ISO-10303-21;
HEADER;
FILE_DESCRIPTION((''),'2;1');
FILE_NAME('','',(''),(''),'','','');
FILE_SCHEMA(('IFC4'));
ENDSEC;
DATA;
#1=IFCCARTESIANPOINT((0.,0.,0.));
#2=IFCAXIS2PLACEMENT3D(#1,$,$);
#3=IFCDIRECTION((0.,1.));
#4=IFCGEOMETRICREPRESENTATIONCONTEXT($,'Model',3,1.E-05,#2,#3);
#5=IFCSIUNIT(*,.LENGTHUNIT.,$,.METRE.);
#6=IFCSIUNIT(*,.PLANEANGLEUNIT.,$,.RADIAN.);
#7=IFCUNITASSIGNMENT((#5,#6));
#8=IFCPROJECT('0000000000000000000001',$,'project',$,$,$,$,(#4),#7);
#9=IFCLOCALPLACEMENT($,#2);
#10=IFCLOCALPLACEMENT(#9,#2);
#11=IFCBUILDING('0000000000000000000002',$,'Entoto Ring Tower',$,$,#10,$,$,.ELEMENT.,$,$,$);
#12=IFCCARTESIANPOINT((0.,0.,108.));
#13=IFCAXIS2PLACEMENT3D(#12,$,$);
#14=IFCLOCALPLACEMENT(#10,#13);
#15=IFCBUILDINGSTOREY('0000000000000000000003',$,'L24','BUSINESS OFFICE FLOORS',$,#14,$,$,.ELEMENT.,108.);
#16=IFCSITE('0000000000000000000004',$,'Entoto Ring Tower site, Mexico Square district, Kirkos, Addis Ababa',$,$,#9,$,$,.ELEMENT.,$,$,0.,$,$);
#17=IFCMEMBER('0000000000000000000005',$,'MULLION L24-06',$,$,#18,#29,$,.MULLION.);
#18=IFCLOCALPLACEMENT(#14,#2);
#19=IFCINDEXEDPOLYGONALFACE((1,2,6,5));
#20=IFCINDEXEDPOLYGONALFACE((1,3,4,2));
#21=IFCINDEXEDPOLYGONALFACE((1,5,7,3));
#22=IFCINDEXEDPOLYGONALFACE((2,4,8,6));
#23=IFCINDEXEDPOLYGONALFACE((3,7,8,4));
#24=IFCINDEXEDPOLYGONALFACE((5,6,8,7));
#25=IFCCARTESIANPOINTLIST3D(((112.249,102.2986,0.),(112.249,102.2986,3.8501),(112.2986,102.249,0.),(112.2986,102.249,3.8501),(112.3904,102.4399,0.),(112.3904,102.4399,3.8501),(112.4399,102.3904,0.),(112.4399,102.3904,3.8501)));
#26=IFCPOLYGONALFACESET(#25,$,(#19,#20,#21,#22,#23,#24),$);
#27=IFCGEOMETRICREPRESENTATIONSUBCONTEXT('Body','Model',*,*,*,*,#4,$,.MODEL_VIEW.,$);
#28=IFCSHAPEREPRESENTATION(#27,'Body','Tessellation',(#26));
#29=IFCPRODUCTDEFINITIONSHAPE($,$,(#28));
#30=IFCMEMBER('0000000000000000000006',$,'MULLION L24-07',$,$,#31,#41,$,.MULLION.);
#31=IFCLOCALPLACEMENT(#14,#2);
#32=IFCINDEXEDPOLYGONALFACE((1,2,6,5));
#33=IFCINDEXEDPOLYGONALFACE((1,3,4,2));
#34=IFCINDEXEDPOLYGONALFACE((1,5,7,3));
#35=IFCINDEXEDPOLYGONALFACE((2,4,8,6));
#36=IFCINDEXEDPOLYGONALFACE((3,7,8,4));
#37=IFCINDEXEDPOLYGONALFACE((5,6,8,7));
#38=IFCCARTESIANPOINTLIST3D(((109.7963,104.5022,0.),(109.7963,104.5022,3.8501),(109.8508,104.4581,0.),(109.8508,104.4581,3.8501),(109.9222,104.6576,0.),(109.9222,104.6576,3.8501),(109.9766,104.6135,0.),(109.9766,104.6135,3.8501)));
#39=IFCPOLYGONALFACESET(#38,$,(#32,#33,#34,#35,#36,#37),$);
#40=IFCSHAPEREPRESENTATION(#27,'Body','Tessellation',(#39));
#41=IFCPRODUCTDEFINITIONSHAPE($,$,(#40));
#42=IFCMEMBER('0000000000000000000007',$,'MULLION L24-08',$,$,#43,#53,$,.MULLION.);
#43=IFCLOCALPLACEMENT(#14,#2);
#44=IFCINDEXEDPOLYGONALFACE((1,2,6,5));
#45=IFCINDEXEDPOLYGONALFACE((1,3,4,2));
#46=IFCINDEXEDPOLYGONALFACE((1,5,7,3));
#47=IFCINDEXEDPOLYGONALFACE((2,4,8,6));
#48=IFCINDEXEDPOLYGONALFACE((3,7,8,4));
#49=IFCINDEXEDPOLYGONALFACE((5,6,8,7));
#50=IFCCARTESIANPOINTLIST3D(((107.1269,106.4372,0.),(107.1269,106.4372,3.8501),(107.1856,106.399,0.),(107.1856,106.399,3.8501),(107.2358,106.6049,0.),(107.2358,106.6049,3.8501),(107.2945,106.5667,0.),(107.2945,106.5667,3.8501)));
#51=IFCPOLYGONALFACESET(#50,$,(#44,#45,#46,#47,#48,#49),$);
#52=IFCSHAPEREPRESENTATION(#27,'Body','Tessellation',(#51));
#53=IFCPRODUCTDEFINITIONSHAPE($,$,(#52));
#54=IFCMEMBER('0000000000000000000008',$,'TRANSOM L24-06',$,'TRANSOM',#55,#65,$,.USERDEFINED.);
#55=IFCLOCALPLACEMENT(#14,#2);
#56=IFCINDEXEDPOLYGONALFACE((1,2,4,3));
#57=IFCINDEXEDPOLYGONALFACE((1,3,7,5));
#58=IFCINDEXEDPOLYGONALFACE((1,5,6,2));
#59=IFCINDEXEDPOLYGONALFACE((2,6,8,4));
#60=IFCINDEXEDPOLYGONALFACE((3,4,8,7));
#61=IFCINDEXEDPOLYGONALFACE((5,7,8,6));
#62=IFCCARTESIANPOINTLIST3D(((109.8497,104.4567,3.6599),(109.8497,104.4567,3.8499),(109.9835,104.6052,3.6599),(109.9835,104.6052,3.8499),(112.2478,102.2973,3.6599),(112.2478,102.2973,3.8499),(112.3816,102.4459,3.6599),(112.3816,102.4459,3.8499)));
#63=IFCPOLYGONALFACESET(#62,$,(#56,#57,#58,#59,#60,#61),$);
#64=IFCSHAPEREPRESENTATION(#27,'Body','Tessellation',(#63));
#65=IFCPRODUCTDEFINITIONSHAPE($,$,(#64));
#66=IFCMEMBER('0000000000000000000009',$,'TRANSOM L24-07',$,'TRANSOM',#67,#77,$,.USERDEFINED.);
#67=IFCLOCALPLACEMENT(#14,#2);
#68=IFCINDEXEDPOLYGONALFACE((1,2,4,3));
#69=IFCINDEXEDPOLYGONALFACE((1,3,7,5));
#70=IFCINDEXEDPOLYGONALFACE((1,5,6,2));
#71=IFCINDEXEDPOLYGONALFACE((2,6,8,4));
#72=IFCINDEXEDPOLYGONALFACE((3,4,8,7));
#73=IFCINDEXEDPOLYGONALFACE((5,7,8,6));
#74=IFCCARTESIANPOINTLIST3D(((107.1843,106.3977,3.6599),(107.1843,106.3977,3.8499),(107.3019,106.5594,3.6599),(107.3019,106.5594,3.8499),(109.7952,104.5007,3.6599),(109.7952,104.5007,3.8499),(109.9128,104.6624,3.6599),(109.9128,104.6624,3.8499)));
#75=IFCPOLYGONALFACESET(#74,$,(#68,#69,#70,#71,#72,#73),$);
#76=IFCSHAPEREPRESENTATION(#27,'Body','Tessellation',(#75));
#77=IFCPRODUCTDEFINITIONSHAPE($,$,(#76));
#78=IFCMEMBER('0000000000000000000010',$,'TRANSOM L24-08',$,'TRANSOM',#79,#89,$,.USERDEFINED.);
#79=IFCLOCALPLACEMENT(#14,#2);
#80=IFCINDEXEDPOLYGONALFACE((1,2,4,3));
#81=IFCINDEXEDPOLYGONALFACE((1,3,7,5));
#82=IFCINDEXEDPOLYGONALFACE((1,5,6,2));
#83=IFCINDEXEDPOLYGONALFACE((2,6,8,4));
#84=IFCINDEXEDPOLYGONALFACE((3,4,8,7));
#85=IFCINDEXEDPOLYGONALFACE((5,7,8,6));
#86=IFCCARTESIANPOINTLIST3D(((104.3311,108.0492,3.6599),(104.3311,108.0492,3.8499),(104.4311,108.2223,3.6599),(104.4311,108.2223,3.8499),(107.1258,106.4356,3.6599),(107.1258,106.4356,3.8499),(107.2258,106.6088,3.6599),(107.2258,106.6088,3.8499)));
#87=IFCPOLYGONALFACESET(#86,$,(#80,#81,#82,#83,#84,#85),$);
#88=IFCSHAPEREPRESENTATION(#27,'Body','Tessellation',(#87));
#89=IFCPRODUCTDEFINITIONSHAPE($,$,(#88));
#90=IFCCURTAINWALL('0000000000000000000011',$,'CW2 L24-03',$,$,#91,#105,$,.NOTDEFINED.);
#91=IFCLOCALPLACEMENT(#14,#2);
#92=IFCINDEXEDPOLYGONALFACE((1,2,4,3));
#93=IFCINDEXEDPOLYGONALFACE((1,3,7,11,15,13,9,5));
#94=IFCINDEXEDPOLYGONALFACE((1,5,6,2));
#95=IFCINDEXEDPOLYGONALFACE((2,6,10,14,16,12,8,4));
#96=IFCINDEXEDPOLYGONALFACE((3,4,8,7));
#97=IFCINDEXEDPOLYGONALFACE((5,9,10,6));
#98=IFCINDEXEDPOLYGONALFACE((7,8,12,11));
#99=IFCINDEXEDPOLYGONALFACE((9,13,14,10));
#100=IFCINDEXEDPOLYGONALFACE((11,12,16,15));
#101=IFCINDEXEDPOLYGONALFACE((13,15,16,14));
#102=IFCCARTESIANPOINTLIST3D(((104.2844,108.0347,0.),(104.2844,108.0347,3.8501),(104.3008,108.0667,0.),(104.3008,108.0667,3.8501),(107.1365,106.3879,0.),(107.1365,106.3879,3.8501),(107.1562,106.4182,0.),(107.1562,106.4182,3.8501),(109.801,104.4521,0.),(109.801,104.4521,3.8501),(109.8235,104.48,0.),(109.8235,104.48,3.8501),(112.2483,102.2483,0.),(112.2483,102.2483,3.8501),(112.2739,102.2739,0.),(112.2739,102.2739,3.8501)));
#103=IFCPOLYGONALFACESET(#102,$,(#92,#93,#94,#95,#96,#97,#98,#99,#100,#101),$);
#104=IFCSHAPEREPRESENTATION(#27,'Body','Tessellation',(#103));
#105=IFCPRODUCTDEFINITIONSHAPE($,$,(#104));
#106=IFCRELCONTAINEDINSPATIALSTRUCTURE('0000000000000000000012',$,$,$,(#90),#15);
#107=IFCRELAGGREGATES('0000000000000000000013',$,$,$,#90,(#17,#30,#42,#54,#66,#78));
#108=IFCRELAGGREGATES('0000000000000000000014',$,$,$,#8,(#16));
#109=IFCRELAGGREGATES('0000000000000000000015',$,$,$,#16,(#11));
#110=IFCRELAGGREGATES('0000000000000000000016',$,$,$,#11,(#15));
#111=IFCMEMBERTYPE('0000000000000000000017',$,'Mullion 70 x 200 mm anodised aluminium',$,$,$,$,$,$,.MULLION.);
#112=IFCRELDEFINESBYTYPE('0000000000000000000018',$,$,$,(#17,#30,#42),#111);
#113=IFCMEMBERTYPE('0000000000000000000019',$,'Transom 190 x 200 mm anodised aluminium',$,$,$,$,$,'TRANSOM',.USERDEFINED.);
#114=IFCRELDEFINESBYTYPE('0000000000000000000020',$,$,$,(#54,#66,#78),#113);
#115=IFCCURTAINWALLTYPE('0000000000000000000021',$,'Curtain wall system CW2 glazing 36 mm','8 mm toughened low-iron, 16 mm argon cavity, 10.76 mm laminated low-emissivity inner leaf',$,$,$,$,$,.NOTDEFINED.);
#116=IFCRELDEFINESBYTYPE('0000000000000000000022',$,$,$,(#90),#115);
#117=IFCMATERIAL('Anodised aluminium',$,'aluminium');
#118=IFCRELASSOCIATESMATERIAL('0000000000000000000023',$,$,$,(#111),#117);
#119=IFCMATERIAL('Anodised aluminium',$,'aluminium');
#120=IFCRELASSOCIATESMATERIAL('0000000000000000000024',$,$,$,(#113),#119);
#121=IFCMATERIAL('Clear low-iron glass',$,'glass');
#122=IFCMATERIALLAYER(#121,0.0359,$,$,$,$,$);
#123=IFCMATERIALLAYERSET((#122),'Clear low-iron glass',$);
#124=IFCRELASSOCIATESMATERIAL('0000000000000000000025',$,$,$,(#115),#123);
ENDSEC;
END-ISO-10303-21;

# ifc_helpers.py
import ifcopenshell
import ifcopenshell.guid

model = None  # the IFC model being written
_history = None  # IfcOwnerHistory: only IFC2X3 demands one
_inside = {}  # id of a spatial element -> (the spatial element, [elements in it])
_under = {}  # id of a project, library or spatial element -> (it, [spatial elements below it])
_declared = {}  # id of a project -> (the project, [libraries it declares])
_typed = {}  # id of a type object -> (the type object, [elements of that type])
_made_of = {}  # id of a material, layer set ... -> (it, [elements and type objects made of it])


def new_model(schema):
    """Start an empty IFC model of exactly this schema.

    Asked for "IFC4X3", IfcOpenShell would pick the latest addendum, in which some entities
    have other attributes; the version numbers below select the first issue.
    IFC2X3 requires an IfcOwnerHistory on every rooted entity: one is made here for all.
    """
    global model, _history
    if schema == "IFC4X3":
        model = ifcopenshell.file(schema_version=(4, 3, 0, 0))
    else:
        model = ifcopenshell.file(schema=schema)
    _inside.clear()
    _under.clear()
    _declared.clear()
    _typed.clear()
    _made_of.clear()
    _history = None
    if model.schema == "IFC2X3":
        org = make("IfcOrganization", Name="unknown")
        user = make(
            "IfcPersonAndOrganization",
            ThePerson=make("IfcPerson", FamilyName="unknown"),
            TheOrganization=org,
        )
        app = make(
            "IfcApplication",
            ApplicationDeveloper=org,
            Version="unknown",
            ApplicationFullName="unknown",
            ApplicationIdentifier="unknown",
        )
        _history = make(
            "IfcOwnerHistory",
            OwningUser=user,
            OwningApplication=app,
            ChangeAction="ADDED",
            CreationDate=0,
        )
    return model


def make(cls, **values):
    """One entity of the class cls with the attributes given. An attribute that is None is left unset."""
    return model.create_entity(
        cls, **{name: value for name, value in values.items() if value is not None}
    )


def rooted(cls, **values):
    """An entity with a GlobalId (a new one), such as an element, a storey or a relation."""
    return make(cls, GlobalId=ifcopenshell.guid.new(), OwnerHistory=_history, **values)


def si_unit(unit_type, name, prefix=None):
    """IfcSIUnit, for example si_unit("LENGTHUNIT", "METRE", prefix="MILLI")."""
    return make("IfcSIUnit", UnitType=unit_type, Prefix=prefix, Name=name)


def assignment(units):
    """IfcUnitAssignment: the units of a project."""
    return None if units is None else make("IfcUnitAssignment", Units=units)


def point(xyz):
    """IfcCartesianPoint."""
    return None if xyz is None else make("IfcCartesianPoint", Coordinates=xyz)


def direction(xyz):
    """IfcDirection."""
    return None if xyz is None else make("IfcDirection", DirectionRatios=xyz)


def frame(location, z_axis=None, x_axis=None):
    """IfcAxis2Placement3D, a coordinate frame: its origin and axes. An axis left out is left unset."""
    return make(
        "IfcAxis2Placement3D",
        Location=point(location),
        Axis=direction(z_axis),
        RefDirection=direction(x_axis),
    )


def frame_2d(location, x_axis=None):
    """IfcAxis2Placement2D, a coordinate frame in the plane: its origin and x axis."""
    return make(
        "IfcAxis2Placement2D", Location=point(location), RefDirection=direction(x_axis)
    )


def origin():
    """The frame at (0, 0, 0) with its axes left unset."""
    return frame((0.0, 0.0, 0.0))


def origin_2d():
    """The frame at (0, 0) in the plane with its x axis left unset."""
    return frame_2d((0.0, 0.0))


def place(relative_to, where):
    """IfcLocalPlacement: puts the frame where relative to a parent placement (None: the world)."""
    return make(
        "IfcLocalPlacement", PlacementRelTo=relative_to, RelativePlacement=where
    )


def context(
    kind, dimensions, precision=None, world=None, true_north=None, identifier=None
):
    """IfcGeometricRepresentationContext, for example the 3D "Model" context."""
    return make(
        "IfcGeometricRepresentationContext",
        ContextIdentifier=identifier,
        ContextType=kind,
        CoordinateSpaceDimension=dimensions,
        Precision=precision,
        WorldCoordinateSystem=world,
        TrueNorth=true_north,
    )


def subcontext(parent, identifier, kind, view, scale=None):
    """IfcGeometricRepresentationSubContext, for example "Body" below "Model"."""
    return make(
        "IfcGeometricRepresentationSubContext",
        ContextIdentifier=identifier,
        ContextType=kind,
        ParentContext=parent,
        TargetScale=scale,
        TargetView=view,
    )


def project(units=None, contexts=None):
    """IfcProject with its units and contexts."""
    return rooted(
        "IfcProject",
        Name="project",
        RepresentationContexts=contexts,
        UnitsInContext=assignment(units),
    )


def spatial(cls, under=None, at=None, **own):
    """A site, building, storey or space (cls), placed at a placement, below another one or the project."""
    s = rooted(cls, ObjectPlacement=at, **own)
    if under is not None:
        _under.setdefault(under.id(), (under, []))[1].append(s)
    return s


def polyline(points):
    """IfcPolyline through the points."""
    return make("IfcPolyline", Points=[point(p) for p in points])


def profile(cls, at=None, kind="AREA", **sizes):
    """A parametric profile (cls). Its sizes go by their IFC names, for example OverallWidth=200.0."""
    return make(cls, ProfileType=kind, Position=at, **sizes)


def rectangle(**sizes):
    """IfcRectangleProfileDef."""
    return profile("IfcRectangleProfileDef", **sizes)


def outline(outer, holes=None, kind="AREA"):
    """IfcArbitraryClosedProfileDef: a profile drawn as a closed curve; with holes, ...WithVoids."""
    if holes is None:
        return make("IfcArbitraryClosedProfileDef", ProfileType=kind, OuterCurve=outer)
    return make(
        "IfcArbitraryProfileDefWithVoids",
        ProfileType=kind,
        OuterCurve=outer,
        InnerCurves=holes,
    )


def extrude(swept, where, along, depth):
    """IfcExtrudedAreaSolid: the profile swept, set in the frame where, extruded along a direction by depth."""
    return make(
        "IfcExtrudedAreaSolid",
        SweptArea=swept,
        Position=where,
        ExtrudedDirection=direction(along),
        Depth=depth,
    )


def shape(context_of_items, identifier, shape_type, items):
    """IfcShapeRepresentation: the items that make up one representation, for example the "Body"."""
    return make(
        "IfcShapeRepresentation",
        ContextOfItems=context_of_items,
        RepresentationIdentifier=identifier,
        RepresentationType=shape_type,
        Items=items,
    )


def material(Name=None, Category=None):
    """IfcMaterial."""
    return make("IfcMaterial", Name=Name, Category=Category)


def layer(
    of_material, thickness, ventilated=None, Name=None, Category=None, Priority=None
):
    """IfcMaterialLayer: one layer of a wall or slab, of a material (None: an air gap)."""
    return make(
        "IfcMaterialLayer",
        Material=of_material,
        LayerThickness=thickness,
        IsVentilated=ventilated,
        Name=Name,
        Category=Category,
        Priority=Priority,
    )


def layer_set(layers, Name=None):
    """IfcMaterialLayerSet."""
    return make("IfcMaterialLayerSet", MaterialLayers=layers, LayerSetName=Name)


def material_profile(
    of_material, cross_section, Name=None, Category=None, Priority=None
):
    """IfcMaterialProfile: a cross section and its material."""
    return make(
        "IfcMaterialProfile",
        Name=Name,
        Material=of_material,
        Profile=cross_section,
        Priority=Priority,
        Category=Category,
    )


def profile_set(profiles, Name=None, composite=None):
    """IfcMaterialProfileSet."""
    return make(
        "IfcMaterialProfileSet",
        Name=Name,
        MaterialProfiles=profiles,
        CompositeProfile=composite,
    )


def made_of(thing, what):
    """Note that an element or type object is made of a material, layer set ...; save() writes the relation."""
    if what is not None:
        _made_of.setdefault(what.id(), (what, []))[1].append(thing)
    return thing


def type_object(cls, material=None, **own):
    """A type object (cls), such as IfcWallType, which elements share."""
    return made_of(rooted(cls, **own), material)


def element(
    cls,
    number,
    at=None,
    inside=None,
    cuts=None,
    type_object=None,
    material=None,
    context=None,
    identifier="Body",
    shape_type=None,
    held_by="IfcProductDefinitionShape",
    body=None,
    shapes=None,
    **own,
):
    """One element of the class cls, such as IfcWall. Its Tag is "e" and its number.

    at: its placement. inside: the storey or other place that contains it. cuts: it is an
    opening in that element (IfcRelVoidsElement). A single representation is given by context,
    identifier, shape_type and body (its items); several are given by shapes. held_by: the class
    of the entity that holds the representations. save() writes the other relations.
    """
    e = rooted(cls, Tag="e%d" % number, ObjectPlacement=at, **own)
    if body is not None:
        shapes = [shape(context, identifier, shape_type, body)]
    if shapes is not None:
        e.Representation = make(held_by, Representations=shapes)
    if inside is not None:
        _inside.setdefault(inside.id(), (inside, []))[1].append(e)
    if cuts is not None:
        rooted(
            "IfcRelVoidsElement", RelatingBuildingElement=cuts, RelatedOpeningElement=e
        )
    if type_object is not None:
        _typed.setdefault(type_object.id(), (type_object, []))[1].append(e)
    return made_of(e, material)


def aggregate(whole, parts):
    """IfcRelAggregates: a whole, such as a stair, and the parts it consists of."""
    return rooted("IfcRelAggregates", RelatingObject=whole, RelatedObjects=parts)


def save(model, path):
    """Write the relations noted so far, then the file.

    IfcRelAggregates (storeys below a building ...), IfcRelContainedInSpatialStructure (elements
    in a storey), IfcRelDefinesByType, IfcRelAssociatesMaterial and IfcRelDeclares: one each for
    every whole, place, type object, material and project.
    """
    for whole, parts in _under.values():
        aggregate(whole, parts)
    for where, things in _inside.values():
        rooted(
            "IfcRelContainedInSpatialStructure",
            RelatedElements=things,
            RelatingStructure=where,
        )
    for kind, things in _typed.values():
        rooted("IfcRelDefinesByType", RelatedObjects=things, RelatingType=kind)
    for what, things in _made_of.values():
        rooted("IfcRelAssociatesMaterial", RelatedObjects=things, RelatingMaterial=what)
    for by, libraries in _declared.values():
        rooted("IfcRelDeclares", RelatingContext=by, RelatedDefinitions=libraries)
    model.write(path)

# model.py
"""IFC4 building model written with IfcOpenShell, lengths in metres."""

from ifc_helpers import new_model, si_unit, direction, frame, origin, origin_2d, place, context, subcontext, project, spatial, polyline, rectangle, outline, extrude, material, layer, layer_set, material_profile, profile_set, type_object, element, aggregate, save


model = new_model("IFC4")

# Units and contexts
model_context = context("Model", 3, precision=1e-05, world=origin(), true_north=direction((0.0, 1.0)))
body_context = subcontext(model_context, "Body", "Model", "MODEL_VIEW")
ifc_project = project(units=[si_unit("LENGTHUNIT", "METRE"), si_unit("PLANEANGLEUNIT", "RADIAN")], contexts=[model_context])

# Members
ifc_material_1 = material(Name="Anodised aluminium", Category="aluminium")
ifc_material_profile_1 = material_profile(ifc_material_1, rectangle(XDim=0.0701, YDim=0.2, at=origin_2d()), Name="Mullion 70 x 200 mm anodised aluminium")
ifc_profile_set_1 = profile_set([ifc_material_profile_1], Name="Anodised aluminium")
member_type_1 = type_object("IfcMemberType", Name="Mullion 70 x 200 mm anodised aluminium", PredefinedType="MULLION", material=ifc_profile_set_1)
site_placement = place(None, origin())
building_placement = place(site_placement, origin())
storey_placement = place(building_placement, frame((0.0, 0.0, 108.0)))
member_1_placement = place(storey_placement, frame((112.3445, 102.3445, 0.0), z_axis=(0.0, 0.0, 1.0), x_axis=(-0.707107, 0.707107, 0.0)))
member_1 = element("IfcMember", 1, at=member_1_placement, type_object=member_type_1, Name="MULLION L24-06", PredefinedType="MULLION", context=body_context, shape_type="SweptSolid", body=[
    extrude(rectangle(XDim=0.0701, YDim=0.2, at=origin_2d()), origin(), (0.0, 0.0, 1.0), 3.8501),
])
member_2_placement = place(storey_placement, frame((109.8865, 104.5579, 0.0), z_axis=(0.0, 0.0, 1.0), x_axis=(-0.777146, 0.62932, 0.0)))
member_2 = element("IfcMember", 2, at=member_2_placement, type_object=member_type_1, Name="MULLION L24-07", PredefinedType="MULLION", context=body_context, shape_type="SweptSolid", body=[
    extrude(rectangle(XDim=0.0701, YDim=0.2, at=origin_2d()), origin(), (0.0, 0.0, 1.0), 3.8501),
])
member_3_placement = place(storey_placement, frame((107.2107, 106.502, 0.0), z_axis=(0.0, 0.0, 1.0), x_axis=(-0.838671, 0.544639, 0.0)))
member_3 = element("IfcMember", 3, at=member_3_placement, type_object=member_type_1, Name="MULLION L24-08", PredefinedType="MULLION", context=body_context, shape_type="SweptSolid", body=[
    extrude(rectangle(XDim=0.0701, YDim=0.2, at=origin_2d()), origin(), (0.0, 0.0, 1.0), 3.8501),
])
ifc_material_2 = material(Name="Anodised aluminium", Category="aluminium")
ifc_material_profile_2 = material_profile(ifc_material_2, rectangle(XDim=0.2, YDim=0.1899, at=origin_2d()), Name="Transom 190 x 200 mm anodised aluminium")
ifc_profile_set_2 = profile_set([ifc_material_profile_2], Name="Anodised aluminium")
member_type_2 = type_object("IfcMemberType", Name="Transom 190 x 200 mm anodised aluminium", ElementType="TRANSOM", PredefinedType="USERDEFINED", material=ifc_profile_set_2)
member_4_placement = place(storey_placement, frame((112.3147, 102.3716, 3.7549), z_axis=(-0.743132, 0.669144, 0.0), x_axis=(-0.669144, -0.743132, 0.0)))
member_4 = element("IfcMember", 4, at=member_4_placement, type_object=member_type_2, Name="TRANSOM L24-06", ObjectType="TRANSOM", PredefinedType="USERDEFINED", context=body_context, shape_type="SweptSolid", body=[
    extrude(rectangle(XDim=0.2, YDim=0.1899, at=origin_2d()), origin(), (0.0, 0.0, 1.0), 3.2271),
])
member_5_placement = place(storey_placement, frame((109.854, 104.5815, 3.7549), z_axis=(-0.809004, 0.587803, 0.0), x_axis=(-0.587803, -0.809004, 0.0)))
member_5 = element("IfcMember", 5, at=member_5_placement, type_object=member_type_2, Name="TRANSOM L24-07", ObjectType="TRANSOM", PredefinedType="USERDEFINED", context=body_context, shape_type="SweptSolid", body=[
    extrude(rectangle(XDim=0.2, YDim=0.1899, at=origin_2d()), origin(), (0.0, 0.0, 1.0), 3.2273),
])
member_6_placement = place(storey_placement, frame((107.1758, 106.5222, 3.7549), z_axis=(-0.866023, 0.500004, 0.0), x_axis=(-0.500004, -0.866023, 0.0)))
member_6 = element("IfcMember", 6, at=member_6_placement, type_object=member_type_2, Name="TRANSOM L24-08", ObjectType="TRANSOM", PredefinedType="USERDEFINED", context=body_context, shape_type="SweptSolid", body=[
    extrude(rectangle(XDim=0.2, YDim=0.1899, at=origin_2d()), origin(), (0.0, 0.0, 1.0), 3.2271),
])

# Site, building, storey
site = spatial("IfcSite", under=ifc_project, at=site_placement, Name="Entoto Ring Tower site, Mexico Square district, Kirkos, Addis Ababa", CompositionType="ELEMENT", RefElevation=0.0)
building = spatial("IfcBuilding", under=site, at=building_placement, Name="Entoto Ring Tower", CompositionType="ELEMENT")
storey = spatial("IfcBuildingStorey", under=building, at=storey_placement, Name="L24", Description="BUSINESS OFFICE FLOORS", CompositionType="ELEMENT", Elevation=108.0)

# Curtain wall
ifc_material_3 = material(Name="Clear low-iron glass", Category="glass")
ifc_layer_1 = layer(ifc_material_3, 0.0359)
ifc_layer_set_1 = layer_set([ifc_layer_1], Name="Clear low-iron glass")
curtain_wall_type = type_object("IfcCurtainWallType", Name="Curtain wall system CW2 glazing 36 mm", Description="8 mm toughened low-iron, 16 mm argon cavity, 10.76 mm laminated low-emissivity inner leaf", PredefinedType="NOTDEFINED", material=ifc_layer_set_1)
curtain_wall_1_placement = place(storey_placement, origin())
curtain_wall_1 = element("IfcCurtainWall", 7, at=curtain_wall_1_placement, inside=storey, type_object=curtain_wall_type, Name="CW2 L24-03", PredefinedType="NOTDEFINED", context=body_context, shape_type="SweptSolid", body=[
    extrude(outline(polyline([(112.2739, 102.2739), (109.8235, 104.48), (107.1562, 106.4182), (104.3008, 108.0667), (104.2844, 108.0347), (107.1365, 106.3879), (109.801, 104.4521), (112.2483, 102.2483), (112.2739, 102.2739)])), origin(), (0.0, 0.0, 1.0), 3.8501),
])
aggregate(curtain_wall_1, [member_1, member_2, member_3, member_4, member_5, member_6])

save(model, "model.ifc")
